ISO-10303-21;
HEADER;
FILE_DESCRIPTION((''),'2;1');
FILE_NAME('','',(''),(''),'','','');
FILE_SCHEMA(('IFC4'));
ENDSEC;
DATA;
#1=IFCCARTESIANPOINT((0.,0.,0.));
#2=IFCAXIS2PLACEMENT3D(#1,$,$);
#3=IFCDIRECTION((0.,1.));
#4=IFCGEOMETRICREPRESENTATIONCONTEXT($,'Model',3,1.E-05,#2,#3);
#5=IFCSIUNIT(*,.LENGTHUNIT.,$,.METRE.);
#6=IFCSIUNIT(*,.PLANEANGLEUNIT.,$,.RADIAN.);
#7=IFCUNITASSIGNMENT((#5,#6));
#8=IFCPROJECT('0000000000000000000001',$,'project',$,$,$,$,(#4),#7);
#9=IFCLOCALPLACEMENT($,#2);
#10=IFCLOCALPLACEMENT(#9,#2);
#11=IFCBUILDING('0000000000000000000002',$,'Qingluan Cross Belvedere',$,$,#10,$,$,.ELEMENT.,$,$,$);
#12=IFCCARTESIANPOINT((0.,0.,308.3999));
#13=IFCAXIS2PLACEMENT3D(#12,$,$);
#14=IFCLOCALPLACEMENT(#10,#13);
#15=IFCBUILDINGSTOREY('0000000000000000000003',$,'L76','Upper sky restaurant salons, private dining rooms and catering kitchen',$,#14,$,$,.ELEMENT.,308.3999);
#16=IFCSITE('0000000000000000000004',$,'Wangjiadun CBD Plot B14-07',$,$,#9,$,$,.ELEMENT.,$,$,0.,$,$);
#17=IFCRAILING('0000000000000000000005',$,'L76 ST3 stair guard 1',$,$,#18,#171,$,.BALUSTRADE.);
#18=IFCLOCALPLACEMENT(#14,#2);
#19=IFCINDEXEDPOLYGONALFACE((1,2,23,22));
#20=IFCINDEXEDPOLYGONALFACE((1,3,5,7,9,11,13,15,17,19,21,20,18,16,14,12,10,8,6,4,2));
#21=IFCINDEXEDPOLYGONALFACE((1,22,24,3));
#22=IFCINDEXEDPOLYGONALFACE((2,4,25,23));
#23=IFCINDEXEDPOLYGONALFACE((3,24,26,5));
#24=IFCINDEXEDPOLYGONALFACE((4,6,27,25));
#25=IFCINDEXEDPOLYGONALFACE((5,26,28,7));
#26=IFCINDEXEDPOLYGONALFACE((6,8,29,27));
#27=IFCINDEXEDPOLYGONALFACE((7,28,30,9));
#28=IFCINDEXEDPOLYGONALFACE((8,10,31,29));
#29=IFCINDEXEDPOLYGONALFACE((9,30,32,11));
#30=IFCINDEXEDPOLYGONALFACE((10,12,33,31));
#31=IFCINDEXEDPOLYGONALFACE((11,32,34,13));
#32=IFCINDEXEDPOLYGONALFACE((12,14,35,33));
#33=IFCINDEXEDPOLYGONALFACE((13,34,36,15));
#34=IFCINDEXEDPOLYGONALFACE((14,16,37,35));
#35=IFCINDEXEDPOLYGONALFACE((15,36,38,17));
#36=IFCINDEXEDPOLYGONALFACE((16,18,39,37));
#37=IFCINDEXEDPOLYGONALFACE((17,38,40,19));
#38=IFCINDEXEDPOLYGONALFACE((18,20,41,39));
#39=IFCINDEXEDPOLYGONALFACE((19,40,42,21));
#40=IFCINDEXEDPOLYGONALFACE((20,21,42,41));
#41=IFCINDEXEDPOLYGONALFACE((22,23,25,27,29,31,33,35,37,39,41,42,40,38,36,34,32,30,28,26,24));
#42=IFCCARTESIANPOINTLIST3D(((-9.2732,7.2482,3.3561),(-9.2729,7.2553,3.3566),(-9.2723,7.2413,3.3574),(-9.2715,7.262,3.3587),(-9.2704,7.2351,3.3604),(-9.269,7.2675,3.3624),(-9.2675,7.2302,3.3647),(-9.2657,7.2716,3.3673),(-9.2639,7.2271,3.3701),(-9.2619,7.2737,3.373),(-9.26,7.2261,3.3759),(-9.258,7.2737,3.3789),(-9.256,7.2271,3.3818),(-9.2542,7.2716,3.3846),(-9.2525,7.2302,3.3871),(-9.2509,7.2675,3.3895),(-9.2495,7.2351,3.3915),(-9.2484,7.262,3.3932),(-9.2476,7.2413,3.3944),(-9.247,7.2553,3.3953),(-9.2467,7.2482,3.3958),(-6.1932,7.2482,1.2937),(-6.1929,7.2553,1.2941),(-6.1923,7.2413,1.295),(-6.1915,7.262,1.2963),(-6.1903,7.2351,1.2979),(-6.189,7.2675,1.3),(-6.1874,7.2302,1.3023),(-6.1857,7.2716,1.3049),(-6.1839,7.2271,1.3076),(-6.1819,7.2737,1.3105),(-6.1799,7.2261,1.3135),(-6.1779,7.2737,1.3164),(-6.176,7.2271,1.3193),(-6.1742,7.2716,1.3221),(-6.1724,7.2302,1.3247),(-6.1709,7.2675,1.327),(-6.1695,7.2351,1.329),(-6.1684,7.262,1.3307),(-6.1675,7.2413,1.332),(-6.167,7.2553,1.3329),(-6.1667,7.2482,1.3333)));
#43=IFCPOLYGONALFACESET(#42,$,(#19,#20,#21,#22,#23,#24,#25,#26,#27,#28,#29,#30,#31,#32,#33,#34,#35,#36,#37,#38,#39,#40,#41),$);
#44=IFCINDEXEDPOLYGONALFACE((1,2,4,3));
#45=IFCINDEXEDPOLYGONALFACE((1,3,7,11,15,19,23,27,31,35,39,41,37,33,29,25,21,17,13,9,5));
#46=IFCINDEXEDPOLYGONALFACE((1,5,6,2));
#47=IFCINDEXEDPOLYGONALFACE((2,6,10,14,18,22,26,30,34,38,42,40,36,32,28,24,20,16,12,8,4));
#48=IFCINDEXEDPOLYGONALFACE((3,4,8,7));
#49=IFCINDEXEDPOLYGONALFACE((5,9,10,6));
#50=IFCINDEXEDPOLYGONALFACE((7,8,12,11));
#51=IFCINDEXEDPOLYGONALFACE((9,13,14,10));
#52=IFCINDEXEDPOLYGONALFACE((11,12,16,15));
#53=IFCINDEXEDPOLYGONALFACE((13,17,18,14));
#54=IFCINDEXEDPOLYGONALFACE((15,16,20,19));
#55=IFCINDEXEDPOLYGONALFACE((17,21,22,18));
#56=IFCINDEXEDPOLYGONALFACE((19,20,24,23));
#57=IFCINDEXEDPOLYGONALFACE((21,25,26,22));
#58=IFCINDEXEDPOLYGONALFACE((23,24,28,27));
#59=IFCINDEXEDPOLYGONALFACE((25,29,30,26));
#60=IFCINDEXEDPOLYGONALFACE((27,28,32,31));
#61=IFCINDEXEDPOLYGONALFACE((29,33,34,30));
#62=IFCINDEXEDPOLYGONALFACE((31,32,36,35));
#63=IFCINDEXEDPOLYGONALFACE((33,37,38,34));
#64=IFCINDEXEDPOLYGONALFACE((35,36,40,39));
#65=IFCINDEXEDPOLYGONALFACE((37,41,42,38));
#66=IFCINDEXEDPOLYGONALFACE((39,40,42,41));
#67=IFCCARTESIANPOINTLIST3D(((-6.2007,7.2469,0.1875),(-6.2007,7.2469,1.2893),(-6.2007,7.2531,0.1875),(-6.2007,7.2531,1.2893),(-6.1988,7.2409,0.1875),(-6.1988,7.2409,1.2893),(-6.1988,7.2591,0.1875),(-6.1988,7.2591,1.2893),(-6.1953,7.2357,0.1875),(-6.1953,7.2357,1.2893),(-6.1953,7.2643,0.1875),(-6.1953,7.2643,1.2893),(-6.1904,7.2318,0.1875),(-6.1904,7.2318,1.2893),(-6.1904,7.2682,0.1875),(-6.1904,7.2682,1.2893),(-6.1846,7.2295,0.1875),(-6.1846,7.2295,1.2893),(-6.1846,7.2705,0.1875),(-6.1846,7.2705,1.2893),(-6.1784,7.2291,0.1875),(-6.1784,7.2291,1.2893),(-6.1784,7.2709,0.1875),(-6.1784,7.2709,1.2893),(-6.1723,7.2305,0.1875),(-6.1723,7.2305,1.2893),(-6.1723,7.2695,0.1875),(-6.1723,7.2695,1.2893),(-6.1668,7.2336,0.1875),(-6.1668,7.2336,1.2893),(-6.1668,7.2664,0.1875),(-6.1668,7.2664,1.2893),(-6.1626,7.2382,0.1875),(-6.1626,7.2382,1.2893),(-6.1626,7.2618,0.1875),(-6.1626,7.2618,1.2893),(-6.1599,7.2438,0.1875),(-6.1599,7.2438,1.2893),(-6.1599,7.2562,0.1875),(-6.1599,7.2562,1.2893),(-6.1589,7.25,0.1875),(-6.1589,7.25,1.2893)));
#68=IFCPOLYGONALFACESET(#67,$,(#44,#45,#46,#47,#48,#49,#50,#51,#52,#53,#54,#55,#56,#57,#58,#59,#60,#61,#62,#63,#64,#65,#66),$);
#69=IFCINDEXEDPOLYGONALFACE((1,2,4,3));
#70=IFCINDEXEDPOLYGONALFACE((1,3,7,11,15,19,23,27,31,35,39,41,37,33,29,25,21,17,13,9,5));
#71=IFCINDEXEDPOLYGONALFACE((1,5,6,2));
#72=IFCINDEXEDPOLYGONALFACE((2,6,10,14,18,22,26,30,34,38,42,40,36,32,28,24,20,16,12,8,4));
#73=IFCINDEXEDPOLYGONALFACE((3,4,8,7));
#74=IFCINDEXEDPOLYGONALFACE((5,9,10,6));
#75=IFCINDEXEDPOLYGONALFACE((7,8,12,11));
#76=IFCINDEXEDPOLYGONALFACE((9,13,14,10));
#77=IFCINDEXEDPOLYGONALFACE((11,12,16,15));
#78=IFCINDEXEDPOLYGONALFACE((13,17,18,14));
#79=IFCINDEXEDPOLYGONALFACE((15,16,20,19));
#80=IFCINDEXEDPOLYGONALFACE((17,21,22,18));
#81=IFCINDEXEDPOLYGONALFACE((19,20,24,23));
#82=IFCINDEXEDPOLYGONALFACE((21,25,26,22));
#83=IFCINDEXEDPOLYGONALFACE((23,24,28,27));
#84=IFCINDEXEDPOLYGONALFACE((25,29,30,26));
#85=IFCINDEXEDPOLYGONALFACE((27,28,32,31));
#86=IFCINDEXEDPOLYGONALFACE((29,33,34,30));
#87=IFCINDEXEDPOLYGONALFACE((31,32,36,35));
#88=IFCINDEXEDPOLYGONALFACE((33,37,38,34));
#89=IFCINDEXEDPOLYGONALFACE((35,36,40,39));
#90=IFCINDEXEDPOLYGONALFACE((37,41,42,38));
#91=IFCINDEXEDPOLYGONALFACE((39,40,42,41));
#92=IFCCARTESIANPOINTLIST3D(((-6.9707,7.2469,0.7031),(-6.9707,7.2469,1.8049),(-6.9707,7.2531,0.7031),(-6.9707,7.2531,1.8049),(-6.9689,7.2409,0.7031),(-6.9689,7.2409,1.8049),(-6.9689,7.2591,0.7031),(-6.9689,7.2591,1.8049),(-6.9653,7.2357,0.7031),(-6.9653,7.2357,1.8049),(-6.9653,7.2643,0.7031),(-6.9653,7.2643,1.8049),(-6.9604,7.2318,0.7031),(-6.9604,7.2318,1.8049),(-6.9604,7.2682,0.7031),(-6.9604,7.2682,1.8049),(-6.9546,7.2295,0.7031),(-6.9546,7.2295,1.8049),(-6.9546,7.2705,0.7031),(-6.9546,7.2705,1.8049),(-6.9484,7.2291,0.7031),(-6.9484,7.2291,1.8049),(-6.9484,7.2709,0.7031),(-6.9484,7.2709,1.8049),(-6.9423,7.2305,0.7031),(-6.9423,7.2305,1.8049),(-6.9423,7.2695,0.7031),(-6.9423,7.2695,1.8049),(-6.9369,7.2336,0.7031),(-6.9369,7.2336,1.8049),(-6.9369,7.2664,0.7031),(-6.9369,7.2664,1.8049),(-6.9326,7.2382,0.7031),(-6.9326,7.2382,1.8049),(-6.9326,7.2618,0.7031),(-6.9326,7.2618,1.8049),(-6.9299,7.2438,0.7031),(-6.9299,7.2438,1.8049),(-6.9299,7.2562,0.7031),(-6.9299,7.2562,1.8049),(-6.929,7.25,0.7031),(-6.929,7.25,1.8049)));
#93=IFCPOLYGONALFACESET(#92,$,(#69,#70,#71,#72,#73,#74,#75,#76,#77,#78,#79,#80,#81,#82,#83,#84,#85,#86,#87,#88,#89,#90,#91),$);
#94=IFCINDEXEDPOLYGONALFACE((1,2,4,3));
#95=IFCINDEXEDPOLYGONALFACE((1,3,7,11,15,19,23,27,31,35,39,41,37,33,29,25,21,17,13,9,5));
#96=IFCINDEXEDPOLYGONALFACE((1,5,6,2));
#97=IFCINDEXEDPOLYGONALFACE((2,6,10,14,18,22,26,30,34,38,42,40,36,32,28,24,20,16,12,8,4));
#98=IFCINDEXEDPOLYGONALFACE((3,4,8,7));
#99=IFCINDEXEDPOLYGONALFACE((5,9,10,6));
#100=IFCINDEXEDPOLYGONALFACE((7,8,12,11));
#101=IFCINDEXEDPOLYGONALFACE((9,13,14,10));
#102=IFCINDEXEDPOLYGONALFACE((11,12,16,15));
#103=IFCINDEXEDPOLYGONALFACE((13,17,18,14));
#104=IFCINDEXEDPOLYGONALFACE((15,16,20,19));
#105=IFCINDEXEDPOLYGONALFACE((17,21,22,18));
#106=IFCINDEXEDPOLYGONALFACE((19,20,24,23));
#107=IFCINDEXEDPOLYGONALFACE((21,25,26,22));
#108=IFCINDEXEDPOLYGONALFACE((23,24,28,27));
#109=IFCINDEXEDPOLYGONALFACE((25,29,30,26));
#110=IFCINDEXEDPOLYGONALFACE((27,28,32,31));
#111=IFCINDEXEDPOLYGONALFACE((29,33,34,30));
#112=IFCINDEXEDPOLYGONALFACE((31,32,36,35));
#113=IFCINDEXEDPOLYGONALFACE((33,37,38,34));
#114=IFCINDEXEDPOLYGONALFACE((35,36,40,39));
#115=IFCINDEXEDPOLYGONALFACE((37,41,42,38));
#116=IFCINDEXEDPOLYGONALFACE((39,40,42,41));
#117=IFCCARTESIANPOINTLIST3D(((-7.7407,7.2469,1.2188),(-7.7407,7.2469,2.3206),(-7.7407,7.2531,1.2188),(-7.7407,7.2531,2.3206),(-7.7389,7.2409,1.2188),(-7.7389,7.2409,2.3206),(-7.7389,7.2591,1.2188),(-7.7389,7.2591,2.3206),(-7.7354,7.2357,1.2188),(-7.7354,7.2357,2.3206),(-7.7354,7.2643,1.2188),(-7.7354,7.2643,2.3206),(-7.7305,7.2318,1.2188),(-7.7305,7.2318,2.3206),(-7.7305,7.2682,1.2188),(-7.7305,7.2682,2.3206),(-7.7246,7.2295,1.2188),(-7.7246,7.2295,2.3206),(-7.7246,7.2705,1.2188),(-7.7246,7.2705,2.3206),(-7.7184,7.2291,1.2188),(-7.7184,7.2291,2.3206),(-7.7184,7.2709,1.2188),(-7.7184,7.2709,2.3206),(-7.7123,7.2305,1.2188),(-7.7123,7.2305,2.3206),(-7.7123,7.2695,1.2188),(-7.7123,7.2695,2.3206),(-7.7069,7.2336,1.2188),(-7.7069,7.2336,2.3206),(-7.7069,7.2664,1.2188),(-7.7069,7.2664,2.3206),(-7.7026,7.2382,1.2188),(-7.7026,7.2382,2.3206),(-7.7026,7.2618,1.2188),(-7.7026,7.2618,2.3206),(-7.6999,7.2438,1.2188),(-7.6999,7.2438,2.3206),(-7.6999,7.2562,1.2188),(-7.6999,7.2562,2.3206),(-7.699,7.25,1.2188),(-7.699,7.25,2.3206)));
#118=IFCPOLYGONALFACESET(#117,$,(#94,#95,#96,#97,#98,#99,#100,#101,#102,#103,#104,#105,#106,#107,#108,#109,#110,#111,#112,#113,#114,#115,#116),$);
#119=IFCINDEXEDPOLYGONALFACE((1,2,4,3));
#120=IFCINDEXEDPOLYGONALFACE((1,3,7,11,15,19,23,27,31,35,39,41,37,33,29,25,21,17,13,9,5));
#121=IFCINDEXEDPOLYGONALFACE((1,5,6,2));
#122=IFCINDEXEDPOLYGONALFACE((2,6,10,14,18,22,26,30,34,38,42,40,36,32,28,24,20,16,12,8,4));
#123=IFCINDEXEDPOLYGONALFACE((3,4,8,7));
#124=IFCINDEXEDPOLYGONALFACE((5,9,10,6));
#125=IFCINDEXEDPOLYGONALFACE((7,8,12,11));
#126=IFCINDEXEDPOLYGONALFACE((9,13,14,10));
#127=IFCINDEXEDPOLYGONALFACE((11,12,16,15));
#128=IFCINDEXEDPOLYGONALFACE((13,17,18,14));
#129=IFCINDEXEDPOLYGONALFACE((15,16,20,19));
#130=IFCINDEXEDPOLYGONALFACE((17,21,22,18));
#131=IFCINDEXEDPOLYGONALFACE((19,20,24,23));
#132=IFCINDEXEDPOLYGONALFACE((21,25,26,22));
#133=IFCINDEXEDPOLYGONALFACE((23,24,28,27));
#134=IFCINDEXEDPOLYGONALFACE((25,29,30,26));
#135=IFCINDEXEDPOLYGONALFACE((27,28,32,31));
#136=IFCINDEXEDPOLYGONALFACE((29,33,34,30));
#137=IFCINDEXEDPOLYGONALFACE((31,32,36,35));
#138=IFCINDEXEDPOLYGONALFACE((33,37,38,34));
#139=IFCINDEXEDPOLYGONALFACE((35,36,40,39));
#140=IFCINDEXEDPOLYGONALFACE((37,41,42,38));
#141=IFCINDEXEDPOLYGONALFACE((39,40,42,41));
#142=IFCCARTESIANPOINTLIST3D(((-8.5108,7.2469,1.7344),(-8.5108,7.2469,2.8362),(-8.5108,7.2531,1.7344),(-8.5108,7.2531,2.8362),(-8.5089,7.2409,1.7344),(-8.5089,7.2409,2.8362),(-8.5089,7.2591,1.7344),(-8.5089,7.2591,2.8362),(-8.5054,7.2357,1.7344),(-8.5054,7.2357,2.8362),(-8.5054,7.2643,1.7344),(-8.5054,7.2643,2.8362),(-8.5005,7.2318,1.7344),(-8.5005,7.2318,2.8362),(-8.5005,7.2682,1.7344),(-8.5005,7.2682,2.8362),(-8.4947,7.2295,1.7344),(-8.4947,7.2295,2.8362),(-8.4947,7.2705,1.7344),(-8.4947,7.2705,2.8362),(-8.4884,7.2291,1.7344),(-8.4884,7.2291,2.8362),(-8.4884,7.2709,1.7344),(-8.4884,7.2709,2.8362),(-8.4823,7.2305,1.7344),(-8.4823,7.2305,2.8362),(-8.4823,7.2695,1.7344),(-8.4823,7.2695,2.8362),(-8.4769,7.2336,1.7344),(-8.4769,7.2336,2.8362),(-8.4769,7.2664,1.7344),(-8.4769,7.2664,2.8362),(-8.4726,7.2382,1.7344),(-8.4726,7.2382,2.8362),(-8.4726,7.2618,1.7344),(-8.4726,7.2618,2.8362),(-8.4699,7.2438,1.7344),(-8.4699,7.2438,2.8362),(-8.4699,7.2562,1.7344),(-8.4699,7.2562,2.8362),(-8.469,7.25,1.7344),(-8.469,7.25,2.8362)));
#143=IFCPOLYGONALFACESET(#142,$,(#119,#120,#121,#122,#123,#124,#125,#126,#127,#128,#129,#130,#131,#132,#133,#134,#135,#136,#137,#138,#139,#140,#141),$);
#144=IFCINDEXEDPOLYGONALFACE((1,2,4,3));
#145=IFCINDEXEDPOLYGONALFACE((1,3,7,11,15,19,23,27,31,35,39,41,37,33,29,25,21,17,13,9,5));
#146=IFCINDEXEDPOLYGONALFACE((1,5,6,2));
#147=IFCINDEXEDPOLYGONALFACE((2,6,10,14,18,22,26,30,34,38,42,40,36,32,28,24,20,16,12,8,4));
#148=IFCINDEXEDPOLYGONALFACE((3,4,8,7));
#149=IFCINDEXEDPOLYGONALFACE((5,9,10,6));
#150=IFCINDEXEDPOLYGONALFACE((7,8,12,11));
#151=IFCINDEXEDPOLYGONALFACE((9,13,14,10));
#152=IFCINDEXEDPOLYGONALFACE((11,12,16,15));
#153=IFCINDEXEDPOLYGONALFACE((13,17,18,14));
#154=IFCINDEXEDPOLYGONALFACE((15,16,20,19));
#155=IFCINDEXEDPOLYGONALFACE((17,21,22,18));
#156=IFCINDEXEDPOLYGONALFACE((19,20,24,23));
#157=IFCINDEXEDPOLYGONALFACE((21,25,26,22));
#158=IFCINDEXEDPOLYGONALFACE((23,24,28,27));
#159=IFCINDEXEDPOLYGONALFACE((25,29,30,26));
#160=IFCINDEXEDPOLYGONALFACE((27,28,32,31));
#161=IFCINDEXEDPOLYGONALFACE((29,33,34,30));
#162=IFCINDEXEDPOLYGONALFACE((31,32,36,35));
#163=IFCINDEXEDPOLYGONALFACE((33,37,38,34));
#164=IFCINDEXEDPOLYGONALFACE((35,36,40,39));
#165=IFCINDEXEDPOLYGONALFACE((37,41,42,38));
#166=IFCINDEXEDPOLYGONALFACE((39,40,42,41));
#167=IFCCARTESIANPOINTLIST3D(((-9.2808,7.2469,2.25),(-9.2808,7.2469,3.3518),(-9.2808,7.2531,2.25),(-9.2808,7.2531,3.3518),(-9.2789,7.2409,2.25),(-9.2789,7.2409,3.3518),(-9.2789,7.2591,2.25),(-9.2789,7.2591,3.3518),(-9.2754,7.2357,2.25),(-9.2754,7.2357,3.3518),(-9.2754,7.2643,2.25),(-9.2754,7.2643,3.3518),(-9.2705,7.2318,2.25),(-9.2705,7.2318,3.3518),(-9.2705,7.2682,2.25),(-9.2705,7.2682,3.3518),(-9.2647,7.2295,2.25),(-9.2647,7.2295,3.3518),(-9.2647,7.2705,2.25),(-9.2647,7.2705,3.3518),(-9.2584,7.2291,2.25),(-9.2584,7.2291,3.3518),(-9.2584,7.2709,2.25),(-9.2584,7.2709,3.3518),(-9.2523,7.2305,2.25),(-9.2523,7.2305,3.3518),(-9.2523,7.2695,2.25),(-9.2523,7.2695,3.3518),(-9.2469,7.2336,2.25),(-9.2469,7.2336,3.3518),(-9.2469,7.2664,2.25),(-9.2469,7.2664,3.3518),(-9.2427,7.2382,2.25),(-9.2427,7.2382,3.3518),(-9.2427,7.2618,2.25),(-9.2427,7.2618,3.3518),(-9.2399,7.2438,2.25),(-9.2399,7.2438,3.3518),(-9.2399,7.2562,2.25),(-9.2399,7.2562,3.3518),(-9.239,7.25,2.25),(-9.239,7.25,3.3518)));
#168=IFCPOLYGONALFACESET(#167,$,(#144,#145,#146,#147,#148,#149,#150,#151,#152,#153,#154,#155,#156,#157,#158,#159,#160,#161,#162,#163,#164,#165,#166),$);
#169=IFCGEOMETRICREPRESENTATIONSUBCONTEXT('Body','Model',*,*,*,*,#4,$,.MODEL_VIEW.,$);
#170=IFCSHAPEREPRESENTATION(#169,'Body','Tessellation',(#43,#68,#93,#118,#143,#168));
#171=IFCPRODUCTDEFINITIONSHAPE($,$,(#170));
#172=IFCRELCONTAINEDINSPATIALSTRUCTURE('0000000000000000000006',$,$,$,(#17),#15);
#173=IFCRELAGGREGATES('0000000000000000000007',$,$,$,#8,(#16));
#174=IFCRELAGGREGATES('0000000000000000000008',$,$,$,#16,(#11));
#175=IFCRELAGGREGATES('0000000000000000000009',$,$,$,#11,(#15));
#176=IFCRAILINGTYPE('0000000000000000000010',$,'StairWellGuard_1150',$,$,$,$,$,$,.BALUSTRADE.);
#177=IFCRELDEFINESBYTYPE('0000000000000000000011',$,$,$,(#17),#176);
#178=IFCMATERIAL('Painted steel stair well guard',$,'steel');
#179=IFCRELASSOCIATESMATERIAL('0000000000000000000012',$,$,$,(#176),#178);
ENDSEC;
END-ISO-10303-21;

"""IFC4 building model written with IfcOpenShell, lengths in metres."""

from ifc_helpers import new_model, si_unit, direction, frame, origin, origin_2d, place, context, subcontext, project, spatial, circle, extrude, material, type_object, element, save


model = new_model("IFC4")

# Units and contexts
model_context = context("Model", 3, precision=1e-05, world=origin(), true_north=direction((0.0, 1.0)))
body_context = subcontext(model_context, "Body", "Model", "MODEL_VIEW")
ifc_project = project(units=[si_unit("LENGTHUNIT", "METRE"), si_unit("PLANEANGLEUNIT", "RADIAN")], contexts=[model_context])

# Site, building, storey
site_placement = place(None, origin())
site = spatial("IfcSite", under=ifc_project, at=site_placement, Name="Wangjiadun CBD Plot B14-07", CompositionType="ELEMENT", RefElevation=0.0)
building_placement = place(site_placement, origin())
building = spatial("IfcBuilding", under=site, at=building_placement, Name="Qingluan Cross Belvedere", CompositionType="ELEMENT")
storey_placement = place(building_placement, frame((0.0, 0.0, 308.3999)))
storey = spatial("IfcBuildingStorey", under=building, at=storey_placement, Name="L76", Description="Upper sky restaurant salons, private dining rooms and catering kitchen", CompositionType="ELEMENT", Elevation=308.3999)

# Railing
ifc_material_1 = material(Name="Painted steel stair well guard", Category="steel")
railing_type_1 = type_object("IfcRailingType", Name="StairWellGuard_1150", PredefinedType="BALUSTRADE", material=ifc_material_1)
railing_1_placement = place(storey_placement, frame((-6.1799, 7.25, 0.1875)))
element("IfcRailing", 1, at=railing_1_placement, inside=storey, type_object=railing_type_1, Name="L76 ST3 stair guard 1", PredefinedType="BALUSTRADE", context=body_context, shape_type="SweptSolid", body=[
    extrude(circle(Radius=0.0239, at=origin_2d()), frame((0.0, 0.0, 1.126), z_axis=(-0.830914, 0.0, 0.556401), x_axis=(0.0, -1.0, 0.0)), (0.0, 0.0, 1.0), 3.7068),
    extrude(circle(Radius=0.021, at=origin_2d()), origin(), (0.0, 0.0, 1.0), 1.1018),
    extrude(circle(Radius=0.021, at=origin_2d()), frame((-0.77, 0.0, 0.5156)), (0.0, 0.0, 1.0), 1.1018),
    extrude(circle(Radius=0.021, at=origin_2d()), frame((-1.54, 0.0, 1.0312)), (0.0, 0.0, 1.0), 1.1018),
    extrude(circle(Radius=0.021, at=origin_2d()), frame((-2.3101, 0.0, 1.5469)), (0.0, 0.0, 1.0), 1.1018),
    extrude(circle(Radius=0.021, at=origin_2d()), frame((-3.0801, 0.0, 2.0625)), (0.0, 0.0, 1.0), 1.1018),
])

save(model, "model.ifc")
